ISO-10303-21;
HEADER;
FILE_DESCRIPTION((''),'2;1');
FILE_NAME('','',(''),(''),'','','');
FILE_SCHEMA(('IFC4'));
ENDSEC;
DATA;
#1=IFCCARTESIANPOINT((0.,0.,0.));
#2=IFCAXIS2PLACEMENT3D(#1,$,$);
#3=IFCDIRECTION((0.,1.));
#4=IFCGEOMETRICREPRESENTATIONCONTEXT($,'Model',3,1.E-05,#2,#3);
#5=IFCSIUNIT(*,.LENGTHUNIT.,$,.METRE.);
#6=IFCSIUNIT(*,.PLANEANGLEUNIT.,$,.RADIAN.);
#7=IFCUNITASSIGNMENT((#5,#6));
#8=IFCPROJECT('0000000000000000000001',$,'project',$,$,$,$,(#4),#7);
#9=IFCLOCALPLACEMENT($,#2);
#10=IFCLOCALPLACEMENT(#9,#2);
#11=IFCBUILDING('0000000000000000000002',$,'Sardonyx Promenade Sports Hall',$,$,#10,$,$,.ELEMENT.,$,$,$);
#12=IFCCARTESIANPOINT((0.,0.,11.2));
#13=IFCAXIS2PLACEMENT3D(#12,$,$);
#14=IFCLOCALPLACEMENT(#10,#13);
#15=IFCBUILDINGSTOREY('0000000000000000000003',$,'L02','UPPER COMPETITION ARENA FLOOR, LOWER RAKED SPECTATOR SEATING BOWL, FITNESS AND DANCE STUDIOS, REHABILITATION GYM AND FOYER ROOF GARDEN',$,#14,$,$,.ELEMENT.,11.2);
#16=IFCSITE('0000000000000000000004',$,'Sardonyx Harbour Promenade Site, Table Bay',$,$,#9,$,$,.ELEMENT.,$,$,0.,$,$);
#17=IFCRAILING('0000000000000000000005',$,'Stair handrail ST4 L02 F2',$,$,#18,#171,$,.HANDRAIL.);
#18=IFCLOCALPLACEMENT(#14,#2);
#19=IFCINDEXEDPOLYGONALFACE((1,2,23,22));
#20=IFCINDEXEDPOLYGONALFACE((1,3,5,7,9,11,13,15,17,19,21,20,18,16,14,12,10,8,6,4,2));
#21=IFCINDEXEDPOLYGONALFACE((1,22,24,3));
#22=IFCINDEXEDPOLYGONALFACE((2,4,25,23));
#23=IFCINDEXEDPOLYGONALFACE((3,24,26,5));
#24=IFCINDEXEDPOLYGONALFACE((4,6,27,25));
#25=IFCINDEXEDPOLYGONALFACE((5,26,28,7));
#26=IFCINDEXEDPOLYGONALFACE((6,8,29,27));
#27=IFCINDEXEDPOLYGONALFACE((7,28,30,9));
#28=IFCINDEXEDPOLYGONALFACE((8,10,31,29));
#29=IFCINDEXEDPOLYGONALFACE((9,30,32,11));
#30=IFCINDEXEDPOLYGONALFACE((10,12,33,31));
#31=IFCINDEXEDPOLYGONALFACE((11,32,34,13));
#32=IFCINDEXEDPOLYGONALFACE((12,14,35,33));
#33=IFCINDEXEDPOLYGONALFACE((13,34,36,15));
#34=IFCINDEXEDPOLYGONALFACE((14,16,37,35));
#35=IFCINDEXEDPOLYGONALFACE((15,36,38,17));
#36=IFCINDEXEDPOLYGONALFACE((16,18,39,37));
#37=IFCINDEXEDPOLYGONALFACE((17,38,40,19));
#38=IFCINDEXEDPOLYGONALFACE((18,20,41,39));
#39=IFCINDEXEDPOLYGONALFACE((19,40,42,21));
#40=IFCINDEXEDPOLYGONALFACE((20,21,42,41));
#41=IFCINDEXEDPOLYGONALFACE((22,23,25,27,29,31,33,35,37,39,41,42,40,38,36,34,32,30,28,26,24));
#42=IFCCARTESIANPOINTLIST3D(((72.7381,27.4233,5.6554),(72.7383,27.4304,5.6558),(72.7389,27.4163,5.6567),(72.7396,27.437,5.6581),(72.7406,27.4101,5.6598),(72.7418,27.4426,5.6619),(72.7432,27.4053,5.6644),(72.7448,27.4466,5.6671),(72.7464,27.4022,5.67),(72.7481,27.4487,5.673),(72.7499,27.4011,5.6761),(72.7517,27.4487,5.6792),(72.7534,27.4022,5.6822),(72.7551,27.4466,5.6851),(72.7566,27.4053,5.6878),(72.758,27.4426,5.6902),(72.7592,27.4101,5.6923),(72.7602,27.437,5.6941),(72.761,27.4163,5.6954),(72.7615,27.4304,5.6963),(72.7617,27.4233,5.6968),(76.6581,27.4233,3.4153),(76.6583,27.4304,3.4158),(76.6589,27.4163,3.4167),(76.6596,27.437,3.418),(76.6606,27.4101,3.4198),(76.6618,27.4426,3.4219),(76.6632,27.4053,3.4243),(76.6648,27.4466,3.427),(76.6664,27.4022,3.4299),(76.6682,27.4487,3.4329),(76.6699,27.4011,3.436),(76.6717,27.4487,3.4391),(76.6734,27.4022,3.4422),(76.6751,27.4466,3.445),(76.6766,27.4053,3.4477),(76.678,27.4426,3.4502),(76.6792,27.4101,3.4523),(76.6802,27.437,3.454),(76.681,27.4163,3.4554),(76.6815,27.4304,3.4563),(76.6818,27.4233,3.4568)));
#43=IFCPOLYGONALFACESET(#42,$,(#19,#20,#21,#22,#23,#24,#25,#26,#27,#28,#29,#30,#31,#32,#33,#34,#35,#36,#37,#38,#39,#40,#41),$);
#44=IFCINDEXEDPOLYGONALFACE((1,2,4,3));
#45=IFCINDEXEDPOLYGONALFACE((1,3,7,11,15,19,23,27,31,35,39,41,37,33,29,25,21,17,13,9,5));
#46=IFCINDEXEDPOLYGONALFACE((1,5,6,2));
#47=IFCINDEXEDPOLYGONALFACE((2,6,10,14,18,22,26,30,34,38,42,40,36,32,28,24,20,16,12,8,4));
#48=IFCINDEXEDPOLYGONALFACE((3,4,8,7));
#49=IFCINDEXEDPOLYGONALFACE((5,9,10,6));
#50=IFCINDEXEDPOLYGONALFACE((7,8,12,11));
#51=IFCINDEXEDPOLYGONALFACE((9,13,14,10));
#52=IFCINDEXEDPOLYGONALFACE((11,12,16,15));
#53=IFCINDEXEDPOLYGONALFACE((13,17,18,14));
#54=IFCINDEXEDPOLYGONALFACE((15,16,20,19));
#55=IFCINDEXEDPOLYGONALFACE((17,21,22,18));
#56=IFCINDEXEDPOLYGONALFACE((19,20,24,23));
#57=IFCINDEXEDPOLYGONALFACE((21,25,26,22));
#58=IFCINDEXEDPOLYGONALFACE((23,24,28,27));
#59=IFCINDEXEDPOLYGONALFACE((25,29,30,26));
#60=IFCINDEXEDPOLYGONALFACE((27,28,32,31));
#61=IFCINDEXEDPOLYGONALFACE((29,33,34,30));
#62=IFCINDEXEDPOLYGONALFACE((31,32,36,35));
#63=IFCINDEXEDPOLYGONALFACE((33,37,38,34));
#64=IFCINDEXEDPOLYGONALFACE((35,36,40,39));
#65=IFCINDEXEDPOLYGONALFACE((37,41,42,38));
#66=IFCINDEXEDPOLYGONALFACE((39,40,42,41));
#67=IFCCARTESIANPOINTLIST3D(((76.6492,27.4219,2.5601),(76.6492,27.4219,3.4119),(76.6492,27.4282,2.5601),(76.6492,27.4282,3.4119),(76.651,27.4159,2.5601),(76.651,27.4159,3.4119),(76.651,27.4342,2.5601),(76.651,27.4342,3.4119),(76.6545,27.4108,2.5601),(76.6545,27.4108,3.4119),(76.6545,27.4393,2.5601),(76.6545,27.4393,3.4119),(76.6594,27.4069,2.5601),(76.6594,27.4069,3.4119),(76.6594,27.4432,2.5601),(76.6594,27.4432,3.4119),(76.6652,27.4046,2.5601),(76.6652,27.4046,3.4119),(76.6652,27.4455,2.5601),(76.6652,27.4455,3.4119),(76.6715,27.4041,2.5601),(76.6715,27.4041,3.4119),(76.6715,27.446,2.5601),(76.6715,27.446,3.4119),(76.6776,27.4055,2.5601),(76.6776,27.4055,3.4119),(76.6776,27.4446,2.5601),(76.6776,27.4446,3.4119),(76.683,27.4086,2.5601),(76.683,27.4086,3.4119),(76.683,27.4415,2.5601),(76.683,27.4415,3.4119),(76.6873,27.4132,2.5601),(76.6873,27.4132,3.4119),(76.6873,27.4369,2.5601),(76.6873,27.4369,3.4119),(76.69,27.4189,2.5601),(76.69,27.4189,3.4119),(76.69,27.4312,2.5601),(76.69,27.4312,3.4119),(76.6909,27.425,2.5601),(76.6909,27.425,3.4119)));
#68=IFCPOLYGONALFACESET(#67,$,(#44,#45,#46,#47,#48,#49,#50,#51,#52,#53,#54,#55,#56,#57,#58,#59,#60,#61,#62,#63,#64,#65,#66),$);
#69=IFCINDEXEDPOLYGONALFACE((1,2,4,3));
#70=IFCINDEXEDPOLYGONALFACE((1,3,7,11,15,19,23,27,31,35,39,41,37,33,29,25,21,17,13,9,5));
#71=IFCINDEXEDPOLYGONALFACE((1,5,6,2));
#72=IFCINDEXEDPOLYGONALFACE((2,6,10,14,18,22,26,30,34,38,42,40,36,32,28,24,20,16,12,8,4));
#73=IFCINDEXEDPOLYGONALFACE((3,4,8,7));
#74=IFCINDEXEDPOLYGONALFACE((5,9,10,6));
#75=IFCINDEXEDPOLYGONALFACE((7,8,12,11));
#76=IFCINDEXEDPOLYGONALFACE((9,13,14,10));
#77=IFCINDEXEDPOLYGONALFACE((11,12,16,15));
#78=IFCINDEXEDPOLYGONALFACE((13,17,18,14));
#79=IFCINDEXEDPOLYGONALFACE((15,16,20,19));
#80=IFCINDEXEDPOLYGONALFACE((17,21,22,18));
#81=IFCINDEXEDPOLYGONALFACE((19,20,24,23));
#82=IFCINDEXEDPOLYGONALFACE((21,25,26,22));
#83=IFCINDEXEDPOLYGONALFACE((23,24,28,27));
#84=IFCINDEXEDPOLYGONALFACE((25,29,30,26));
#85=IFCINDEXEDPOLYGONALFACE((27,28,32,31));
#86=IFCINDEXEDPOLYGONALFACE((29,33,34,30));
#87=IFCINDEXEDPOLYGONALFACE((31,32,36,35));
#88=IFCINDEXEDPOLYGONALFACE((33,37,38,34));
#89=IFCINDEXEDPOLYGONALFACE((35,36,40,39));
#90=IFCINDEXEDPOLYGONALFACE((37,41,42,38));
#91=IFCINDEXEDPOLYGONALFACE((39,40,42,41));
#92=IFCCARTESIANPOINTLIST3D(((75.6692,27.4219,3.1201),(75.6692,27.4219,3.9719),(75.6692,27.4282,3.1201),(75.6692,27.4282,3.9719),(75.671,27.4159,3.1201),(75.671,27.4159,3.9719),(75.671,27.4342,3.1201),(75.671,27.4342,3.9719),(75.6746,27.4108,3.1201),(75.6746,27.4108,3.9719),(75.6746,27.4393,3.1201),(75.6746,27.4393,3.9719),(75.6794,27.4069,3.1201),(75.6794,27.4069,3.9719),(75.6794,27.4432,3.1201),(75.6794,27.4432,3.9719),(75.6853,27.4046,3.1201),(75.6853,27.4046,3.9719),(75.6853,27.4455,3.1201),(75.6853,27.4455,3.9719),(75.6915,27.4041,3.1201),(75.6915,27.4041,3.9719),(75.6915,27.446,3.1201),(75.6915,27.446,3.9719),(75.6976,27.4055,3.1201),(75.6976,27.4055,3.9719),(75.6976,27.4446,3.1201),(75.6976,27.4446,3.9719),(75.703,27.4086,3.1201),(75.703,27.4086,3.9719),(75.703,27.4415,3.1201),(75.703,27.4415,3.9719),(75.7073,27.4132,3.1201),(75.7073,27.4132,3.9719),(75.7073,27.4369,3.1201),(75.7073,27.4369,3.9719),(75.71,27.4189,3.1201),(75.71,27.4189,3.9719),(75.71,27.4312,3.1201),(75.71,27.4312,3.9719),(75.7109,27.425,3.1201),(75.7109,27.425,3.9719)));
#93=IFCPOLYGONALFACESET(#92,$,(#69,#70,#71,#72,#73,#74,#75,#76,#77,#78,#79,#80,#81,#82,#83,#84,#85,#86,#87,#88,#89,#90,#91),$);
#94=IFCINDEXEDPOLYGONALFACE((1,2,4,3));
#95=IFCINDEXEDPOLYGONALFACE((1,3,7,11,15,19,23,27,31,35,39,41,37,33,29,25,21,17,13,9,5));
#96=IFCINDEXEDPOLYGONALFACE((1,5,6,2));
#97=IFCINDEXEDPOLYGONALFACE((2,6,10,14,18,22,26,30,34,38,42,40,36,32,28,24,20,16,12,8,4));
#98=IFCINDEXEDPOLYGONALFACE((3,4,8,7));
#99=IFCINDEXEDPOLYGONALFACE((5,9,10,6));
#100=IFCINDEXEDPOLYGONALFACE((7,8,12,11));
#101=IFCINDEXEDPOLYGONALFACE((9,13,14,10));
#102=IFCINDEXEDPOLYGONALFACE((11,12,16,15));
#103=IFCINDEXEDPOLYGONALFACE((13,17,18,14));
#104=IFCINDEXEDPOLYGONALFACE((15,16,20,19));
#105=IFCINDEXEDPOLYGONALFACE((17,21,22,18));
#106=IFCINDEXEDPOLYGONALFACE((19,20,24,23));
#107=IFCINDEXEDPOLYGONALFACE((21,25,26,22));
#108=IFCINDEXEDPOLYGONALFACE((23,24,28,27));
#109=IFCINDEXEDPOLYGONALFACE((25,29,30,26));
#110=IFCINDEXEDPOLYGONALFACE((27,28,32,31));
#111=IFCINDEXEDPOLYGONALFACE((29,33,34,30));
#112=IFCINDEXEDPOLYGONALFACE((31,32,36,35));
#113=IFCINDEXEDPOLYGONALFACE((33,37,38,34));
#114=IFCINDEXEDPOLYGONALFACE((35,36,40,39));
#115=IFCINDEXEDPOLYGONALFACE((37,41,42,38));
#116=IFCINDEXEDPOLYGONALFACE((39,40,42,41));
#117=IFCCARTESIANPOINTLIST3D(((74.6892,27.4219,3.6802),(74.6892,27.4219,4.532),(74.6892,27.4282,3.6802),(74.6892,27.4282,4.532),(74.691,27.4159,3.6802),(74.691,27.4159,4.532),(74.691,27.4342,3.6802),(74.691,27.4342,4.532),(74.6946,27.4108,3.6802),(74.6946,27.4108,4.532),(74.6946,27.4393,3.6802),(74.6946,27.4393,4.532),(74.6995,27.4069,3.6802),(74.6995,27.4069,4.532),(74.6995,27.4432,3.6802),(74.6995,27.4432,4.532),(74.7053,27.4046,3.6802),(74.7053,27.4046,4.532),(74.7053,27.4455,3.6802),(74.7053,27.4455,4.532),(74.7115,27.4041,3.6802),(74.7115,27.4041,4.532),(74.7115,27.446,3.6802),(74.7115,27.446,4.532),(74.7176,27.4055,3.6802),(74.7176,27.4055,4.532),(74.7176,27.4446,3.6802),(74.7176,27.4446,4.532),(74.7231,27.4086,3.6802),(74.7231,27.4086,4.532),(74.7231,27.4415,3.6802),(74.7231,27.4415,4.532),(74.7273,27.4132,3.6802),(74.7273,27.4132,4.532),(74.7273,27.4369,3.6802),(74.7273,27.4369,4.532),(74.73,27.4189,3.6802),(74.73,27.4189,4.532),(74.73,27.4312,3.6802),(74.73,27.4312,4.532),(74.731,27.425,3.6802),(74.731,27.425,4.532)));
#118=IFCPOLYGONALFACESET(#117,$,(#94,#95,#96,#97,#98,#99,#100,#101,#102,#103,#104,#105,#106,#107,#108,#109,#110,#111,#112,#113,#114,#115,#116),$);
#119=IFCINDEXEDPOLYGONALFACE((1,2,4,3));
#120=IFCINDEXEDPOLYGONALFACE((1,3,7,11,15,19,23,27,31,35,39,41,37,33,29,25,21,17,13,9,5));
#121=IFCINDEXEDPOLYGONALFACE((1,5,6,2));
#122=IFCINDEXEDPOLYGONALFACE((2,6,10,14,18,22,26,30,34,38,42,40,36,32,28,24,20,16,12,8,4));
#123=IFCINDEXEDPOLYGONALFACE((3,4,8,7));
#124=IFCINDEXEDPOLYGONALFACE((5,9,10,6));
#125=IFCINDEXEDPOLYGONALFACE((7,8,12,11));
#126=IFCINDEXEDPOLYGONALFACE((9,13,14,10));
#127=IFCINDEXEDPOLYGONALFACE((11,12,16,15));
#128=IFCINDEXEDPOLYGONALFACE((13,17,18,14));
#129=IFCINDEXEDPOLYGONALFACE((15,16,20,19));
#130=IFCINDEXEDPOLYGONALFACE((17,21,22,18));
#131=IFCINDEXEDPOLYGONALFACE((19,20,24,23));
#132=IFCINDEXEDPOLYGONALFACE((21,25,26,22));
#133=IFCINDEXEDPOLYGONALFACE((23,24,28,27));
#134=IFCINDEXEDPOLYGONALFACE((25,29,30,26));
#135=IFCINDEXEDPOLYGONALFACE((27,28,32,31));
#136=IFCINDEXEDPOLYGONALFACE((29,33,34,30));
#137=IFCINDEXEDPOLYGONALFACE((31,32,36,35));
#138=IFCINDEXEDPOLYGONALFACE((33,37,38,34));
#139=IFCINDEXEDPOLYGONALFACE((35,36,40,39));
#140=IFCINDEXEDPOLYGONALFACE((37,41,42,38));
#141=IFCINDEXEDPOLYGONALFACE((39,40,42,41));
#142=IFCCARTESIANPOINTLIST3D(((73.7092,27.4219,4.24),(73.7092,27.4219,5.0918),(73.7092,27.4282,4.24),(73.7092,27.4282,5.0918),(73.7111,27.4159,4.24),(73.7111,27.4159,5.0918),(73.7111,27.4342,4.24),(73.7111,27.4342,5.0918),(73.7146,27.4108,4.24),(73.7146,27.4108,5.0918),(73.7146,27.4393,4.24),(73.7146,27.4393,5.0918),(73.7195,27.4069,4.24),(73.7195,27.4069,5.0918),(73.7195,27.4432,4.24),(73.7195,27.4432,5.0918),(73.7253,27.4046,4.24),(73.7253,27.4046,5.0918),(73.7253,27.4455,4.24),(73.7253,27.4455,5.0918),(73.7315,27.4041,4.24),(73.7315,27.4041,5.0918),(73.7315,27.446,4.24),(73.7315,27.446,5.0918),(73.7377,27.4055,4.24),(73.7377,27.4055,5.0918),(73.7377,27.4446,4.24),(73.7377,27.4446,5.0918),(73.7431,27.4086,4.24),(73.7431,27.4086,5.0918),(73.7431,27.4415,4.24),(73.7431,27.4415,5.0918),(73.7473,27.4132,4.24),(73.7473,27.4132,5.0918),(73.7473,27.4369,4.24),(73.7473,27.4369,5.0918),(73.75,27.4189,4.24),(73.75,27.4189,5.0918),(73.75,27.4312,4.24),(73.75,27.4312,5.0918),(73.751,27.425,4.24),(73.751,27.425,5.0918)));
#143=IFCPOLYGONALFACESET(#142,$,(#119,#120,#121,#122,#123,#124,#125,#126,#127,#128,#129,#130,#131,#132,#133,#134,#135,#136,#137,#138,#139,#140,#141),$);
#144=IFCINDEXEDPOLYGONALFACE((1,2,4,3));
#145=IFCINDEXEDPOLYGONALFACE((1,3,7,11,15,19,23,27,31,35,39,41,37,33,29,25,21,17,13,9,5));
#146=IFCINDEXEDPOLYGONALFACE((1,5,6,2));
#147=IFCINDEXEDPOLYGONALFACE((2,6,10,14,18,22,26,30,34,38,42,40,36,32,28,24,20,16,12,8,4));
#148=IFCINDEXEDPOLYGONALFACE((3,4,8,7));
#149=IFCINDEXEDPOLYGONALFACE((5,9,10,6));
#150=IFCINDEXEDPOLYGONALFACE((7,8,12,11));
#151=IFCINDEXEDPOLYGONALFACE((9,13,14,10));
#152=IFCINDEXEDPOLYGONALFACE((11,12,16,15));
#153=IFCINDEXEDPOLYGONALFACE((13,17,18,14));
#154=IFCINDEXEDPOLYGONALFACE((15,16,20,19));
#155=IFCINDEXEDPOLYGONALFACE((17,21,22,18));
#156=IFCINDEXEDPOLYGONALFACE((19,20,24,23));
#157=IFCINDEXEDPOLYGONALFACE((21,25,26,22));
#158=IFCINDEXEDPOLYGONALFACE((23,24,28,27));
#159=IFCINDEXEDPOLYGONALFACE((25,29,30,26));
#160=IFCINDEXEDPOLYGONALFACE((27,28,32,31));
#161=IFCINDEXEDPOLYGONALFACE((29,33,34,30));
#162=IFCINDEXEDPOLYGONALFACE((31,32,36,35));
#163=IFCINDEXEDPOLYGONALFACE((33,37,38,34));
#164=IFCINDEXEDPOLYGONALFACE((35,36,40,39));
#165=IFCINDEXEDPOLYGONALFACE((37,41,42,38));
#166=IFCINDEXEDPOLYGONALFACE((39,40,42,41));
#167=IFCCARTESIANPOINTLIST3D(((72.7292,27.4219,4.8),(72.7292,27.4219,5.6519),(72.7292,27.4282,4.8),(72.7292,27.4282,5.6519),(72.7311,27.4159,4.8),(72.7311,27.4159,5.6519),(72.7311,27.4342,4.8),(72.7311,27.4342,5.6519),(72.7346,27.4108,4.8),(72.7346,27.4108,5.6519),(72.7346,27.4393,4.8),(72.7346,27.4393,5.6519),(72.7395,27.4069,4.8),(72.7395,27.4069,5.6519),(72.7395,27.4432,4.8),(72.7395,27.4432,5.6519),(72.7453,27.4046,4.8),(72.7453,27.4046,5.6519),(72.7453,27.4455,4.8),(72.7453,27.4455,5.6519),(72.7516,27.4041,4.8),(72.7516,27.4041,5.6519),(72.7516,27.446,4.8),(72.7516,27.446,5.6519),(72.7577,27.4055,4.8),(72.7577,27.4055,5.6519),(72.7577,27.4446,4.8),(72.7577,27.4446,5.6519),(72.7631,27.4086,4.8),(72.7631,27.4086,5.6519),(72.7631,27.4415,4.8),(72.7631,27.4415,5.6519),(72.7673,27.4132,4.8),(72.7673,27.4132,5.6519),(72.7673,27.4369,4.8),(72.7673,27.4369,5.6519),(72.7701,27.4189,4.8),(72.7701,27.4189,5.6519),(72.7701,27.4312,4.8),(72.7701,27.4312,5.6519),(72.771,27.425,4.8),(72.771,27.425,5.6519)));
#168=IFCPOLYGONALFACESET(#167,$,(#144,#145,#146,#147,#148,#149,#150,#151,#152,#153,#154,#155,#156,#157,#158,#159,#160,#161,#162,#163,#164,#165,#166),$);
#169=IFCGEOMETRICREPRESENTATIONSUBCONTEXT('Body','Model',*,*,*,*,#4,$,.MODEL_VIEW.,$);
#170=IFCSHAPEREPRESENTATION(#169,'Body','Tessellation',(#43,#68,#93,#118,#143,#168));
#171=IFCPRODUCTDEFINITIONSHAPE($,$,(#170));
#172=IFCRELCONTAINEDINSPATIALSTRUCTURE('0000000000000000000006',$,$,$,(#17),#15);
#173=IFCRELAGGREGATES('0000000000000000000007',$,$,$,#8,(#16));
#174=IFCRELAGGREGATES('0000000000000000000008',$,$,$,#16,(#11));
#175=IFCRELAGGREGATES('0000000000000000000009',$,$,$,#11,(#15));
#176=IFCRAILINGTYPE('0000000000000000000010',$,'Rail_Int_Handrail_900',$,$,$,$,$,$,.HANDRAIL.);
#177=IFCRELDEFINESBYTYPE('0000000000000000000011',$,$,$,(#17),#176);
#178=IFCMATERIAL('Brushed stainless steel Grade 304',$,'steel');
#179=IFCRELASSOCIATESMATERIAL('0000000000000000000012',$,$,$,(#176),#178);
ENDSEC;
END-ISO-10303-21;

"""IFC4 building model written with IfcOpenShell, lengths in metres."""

from ifc_helpers import new_model, si_unit, direction, frame, origin, origin_2d, place, context, subcontext, project, spatial, circle, extrude, material, type_object, element, save


model = new_model("IFC4")

# Units and contexts
model_context = context("Model", 3, precision=1e-05, world=origin(), true_north=direction((0.0, 1.0)))
body_context = subcontext(model_context, "Body", "Model", "MODEL_VIEW")
ifc_project = project(units=[si_unit("LENGTHUNIT", "METRE"), si_unit("PLANEANGLEUNIT", "RADIAN")], contexts=[model_context])

# Site, building, storey
site_placement = place(None, origin())
site = spatial("IfcSite", under=ifc_project, at=site_placement, Name="Sardonyx Harbour Promenade Site, Table Bay", CompositionType="ELEMENT", RefElevation=0.0)
building_placement = place(site_placement, origin())
building = spatial("IfcBuilding", under=site, at=building_placement, Name="Sardonyx Promenade Sports Hall", CompositionType="ELEMENT")
storey_placement = place(building_placement, frame((0.0, 0.0, 11.2)))
storey = spatial("IfcBuildingStorey", under=building, at=storey_placement, Name="L02", Description="UPPER COMPETITION ARENA FLOOR, LOWER RAKED SPECTATOR SEATING BOWL, FITNESS AND DANCE STUDIOS, REHABILITATION GYM AND FOYER ROOF GARDEN", CompositionType="ELEMENT", Elevation=11.2)

# Railing
ifc_material_1 = material(Name="Brushed stainless steel Grade 304", Category="steel")
railing_type_1 = type_object("IfcRailingType", Name="Rail_Int_Handrail_900", PredefinedType="HANDRAIL", material=ifc_material_1)
railing_1_placement = place(storey_placement, frame((76.6699, 27.425, 2.5601)))
element("IfcRailing", 1, at=railing_1_placement, inside=storey, type_object=railing_type_1, Name="Stair handrail ST4 L02 F2", PredefinedType="HANDRAIL", context=body_context, shape_type="SweptSolid", body=[
    extrude(circle(Radius=0.0239, at=origin_2d()), frame((0.0, 0.0, 0.876), z_axis=(-0.86824, 0.0, 0.496145), x_axis=(0.0, -1.0, 0.0)), (0.0, 0.0, 1.0), 4.5149),
    extrude(circle(Radius=0.021, at=origin_2d()), origin(), (0.0, 0.0, 1.0), 0.8518),
    extrude(circle(Radius=0.021, at=origin_2d()), frame((-0.98, 0.0, 0.5601)), (0.0, 0.0, 1.0), 0.8518),
    extrude(circle(Radius=0.021, at=origin_2d()), frame((-1.96, 0.0, 1.1201)), (0.0, 0.0, 1.0), 0.8518),
    extrude(circle(Radius=0.021, at=origin_2d()), frame((-2.9399, 0.0, 1.6799)), (0.0, 0.0, 1.0), 0.8518),
    extrude(circle(Radius=0.021, at=origin_2d()), frame((-3.9199, 0.0, 2.24)), (0.0, 0.0, 1.0), 0.8518),
])

save(model, "model.ifc")
